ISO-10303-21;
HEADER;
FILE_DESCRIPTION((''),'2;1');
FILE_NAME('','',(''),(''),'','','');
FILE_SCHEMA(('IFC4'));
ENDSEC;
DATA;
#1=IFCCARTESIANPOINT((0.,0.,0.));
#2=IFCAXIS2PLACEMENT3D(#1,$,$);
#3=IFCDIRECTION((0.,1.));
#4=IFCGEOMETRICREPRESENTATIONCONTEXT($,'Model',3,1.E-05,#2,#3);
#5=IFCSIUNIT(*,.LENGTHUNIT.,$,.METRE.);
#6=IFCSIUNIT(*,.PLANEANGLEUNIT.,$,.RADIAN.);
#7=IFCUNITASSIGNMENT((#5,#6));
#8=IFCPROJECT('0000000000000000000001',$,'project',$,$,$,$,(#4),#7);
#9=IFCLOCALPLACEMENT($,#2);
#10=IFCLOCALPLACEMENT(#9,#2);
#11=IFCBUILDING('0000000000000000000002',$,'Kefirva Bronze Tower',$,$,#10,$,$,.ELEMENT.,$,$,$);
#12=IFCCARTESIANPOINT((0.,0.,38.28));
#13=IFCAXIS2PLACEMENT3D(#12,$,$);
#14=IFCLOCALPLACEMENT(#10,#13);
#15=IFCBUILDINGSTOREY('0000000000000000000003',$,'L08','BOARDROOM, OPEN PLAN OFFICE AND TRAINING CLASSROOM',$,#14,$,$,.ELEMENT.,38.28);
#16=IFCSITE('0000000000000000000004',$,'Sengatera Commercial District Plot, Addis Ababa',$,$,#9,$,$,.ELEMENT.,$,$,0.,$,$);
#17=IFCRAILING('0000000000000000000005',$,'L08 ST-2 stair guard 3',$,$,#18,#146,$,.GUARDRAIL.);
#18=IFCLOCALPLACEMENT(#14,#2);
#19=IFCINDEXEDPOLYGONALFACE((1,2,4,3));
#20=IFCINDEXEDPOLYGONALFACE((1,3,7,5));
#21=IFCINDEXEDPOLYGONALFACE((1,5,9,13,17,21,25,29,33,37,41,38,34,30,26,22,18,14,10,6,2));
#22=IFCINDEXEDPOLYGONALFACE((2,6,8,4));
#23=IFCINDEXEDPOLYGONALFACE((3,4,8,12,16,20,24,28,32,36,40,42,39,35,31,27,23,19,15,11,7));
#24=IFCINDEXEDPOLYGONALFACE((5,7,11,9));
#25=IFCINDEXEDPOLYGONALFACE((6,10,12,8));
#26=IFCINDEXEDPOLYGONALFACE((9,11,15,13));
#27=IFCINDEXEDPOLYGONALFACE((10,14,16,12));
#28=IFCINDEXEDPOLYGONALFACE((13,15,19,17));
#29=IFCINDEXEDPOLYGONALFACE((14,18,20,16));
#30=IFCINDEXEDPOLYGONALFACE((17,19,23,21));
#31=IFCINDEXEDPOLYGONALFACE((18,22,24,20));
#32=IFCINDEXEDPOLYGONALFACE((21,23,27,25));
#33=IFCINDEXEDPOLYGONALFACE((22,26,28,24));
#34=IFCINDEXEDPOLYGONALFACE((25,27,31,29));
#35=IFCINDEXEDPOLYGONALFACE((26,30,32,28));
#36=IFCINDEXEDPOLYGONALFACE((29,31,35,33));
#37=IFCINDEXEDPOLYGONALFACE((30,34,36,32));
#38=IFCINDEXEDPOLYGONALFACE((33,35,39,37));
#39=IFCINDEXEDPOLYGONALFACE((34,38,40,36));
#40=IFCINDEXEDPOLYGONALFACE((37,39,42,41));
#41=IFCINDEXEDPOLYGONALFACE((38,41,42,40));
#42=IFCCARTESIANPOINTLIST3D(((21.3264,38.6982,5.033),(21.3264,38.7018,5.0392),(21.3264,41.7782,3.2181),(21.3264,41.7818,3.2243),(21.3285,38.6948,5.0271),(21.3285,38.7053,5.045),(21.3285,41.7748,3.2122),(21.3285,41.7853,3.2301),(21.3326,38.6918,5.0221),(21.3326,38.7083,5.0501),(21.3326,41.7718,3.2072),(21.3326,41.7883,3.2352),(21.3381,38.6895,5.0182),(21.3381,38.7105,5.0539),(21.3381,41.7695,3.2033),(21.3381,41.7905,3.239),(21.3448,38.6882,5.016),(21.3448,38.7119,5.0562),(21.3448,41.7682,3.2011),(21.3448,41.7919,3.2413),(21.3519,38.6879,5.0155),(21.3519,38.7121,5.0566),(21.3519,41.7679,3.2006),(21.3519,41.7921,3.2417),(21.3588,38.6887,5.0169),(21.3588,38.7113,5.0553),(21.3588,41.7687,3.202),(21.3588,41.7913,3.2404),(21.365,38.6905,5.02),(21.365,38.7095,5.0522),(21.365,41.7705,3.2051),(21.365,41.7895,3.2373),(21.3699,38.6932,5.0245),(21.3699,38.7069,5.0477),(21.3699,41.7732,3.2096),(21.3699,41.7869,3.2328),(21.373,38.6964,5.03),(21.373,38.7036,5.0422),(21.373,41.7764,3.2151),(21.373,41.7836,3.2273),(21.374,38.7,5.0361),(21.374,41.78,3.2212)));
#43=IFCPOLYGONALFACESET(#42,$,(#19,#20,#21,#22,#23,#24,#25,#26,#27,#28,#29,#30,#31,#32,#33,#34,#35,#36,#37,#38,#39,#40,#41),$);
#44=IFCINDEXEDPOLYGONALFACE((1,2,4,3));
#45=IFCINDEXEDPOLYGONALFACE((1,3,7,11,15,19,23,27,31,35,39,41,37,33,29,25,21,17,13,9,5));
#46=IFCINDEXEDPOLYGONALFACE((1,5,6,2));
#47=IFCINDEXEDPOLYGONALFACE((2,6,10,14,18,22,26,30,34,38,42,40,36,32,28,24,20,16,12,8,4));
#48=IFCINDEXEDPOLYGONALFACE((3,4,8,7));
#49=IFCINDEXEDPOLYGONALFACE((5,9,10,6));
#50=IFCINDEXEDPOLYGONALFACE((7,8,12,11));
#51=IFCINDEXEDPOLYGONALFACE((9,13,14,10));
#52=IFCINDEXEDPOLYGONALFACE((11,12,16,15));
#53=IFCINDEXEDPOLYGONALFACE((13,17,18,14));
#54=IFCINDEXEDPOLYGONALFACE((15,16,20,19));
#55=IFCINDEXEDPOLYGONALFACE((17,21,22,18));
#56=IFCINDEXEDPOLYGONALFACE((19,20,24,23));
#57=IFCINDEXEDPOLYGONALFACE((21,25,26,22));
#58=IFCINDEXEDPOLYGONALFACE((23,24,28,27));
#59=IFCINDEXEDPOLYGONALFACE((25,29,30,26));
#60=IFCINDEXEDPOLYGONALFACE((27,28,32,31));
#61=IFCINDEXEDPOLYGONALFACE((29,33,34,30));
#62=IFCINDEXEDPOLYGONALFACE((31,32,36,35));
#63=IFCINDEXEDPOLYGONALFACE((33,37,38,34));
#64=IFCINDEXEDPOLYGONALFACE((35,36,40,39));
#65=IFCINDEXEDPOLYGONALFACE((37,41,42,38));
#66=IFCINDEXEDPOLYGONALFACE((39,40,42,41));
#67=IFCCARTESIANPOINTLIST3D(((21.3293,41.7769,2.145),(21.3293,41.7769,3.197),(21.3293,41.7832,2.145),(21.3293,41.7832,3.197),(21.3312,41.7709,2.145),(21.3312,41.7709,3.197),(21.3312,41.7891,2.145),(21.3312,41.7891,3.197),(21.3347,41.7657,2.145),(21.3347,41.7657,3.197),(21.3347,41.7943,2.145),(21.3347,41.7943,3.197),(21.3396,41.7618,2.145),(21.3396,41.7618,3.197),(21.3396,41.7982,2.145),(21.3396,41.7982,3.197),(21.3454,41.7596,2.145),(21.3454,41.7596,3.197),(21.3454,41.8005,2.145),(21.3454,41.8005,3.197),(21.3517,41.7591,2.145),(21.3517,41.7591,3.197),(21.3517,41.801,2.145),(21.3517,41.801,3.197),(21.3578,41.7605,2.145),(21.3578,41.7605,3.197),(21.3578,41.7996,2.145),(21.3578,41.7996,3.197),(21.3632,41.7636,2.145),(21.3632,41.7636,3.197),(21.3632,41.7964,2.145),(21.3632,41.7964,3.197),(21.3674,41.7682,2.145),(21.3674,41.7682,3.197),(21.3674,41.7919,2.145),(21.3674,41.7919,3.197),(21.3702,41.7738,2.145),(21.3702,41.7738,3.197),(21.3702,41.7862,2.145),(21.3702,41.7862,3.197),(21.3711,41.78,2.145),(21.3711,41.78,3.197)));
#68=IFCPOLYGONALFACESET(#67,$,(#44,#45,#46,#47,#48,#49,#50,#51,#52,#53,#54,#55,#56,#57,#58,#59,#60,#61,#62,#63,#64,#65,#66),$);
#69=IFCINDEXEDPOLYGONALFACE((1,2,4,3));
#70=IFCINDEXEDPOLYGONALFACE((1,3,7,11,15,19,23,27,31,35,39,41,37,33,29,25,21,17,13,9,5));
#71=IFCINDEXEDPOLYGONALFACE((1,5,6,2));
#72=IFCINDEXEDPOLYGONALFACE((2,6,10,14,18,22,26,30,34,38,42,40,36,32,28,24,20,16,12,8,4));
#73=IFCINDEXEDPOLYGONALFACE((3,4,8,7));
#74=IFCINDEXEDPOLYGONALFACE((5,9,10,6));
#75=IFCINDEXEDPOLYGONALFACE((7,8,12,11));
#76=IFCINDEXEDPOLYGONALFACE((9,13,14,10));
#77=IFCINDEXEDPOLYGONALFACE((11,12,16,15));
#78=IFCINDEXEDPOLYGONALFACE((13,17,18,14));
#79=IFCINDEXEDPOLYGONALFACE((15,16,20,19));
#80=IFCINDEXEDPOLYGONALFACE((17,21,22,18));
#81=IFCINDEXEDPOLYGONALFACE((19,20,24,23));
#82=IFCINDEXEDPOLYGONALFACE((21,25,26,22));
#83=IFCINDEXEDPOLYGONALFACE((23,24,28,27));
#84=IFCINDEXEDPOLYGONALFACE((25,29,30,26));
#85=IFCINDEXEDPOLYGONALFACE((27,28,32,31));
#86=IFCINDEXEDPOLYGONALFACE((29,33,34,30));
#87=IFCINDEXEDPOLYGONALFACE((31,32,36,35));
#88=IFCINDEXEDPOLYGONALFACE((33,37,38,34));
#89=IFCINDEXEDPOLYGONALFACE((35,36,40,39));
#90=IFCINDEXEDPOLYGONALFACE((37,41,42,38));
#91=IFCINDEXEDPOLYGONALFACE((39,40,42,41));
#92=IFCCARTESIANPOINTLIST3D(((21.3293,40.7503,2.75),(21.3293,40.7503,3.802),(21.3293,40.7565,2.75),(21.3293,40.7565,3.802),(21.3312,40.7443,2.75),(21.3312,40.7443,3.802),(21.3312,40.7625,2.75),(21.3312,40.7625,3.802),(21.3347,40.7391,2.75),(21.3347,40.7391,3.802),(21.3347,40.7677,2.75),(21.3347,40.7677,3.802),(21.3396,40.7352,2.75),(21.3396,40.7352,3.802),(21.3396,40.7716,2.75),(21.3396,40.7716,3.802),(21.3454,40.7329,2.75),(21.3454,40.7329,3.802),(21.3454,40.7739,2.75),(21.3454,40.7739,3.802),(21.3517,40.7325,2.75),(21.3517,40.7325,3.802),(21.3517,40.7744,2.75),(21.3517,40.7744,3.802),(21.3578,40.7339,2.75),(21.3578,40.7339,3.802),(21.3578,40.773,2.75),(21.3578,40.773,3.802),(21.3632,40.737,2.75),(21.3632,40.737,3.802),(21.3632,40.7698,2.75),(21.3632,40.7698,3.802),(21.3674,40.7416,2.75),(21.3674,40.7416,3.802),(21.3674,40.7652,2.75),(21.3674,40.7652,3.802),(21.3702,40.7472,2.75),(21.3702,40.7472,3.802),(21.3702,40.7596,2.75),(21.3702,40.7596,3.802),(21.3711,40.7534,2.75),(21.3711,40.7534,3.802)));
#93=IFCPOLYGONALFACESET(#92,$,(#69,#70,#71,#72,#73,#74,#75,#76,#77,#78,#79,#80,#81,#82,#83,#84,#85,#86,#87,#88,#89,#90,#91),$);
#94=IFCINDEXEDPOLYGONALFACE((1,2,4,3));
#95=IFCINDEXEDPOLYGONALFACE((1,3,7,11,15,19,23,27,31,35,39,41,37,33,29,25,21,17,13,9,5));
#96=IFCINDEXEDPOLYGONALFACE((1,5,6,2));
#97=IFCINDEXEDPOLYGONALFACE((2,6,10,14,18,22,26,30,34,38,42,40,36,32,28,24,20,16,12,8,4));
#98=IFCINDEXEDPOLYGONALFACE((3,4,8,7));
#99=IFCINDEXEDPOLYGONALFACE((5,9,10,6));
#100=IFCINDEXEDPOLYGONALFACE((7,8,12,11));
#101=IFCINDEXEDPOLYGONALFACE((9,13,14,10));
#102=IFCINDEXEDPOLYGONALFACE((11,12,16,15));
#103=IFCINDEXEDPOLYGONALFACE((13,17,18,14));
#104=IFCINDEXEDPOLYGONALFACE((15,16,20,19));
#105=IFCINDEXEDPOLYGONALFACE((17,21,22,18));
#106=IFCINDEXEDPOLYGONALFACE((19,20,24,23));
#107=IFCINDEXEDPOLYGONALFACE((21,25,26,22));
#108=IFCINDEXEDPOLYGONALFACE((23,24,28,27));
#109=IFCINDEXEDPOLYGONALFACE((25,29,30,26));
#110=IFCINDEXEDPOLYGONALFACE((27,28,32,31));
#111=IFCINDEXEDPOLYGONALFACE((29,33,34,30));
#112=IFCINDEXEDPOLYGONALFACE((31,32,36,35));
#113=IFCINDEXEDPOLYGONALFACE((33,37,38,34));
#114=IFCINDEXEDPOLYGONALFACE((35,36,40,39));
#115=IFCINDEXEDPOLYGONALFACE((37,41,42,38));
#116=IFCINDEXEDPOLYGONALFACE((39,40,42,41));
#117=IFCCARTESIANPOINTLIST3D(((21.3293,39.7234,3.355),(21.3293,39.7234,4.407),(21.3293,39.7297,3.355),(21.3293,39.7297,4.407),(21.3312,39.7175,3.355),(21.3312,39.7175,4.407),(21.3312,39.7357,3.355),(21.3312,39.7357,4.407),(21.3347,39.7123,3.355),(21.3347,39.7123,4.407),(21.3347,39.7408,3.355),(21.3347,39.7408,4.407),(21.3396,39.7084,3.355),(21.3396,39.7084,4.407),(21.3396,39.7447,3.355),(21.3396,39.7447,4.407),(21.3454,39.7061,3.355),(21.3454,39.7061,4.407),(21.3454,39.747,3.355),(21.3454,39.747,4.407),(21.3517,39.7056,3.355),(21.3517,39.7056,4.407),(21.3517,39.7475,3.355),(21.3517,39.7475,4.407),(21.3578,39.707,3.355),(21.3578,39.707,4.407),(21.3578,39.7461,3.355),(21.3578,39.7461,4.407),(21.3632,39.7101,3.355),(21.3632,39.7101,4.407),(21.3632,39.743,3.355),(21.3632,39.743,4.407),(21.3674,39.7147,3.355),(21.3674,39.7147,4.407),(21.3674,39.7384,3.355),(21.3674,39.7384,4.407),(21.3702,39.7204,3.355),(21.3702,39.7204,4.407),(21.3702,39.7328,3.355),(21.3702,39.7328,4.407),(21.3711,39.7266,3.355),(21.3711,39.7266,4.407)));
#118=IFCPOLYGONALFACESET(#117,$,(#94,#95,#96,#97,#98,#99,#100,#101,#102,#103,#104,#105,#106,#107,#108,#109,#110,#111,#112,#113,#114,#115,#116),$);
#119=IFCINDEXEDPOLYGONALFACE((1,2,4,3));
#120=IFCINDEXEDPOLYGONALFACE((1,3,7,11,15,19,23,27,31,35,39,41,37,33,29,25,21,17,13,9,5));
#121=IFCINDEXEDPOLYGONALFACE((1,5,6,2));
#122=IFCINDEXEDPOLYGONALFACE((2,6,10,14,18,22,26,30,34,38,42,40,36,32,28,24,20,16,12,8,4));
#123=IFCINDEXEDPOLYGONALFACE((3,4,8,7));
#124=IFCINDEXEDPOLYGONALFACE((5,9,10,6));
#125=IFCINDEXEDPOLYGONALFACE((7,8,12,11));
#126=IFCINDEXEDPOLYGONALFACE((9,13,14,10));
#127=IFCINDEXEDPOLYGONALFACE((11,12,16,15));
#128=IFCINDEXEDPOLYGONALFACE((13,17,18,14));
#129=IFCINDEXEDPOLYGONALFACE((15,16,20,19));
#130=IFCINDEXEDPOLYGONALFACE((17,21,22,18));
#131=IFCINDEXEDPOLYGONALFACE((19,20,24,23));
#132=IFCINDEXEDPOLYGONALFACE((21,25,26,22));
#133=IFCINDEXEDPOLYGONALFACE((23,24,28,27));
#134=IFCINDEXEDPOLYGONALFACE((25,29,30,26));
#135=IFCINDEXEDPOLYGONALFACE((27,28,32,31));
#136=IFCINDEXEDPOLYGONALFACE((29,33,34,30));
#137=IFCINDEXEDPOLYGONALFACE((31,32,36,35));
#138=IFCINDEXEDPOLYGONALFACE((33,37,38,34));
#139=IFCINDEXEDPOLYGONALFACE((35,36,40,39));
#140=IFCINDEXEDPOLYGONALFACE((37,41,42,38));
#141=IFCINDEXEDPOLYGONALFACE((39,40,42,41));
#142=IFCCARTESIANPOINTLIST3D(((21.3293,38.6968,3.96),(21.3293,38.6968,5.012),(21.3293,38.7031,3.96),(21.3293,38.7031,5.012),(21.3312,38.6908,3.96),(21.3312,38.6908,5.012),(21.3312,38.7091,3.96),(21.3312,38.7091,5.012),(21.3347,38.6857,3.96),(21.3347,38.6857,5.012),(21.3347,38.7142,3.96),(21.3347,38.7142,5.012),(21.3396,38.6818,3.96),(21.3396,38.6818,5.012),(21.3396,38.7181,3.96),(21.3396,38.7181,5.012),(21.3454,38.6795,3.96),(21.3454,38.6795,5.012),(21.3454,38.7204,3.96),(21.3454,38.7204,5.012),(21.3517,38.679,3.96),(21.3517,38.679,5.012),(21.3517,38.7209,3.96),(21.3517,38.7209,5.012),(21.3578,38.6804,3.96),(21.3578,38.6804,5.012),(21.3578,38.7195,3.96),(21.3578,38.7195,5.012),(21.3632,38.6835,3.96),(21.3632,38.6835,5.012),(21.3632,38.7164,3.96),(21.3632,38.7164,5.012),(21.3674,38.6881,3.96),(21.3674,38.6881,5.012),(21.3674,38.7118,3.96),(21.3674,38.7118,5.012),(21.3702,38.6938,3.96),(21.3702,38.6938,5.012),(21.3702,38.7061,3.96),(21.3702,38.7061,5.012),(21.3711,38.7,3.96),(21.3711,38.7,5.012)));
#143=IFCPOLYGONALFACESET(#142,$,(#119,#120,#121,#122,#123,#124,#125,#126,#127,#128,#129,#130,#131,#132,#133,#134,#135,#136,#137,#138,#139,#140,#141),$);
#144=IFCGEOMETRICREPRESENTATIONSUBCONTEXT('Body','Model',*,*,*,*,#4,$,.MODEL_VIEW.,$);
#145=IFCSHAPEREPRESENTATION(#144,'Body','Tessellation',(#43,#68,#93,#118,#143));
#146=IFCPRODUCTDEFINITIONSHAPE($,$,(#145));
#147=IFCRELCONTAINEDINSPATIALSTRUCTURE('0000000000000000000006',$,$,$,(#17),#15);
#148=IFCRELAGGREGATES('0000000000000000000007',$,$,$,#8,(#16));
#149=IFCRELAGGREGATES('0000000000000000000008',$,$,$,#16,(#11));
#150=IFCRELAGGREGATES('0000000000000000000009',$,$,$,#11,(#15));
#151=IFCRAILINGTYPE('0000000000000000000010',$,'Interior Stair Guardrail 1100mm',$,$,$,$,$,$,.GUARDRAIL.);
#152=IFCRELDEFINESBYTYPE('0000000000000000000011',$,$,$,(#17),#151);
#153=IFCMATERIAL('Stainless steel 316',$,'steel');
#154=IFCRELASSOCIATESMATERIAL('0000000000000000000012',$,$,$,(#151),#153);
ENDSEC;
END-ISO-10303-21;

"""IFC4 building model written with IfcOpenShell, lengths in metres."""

from ifc_helpers import new_model, si_unit, direction, frame, origin, origin_2d, place, context, subcontext, project, spatial, circle, extrude, material, type_object, element, save


model = new_model("IFC4")

# Units and contexts
model_context = context("Model", 3, precision=1e-05, world=origin(), true_north=direction((0.0, 1.0)))
body_context = subcontext(model_context, "Body", "Model", "MODEL_VIEW")
ifc_project = project(units=[si_unit("LENGTHUNIT", "METRE"), si_unit("PLANEANGLEUNIT", "RADIAN")], contexts=[model_context])

# Site, building, storey
site_placement = place(None, origin())
site = spatial("IfcSite", under=ifc_project, at=site_placement, Name="Sengatera Commercial District Plot, Addis Ababa", CompositionType="ELEMENT", RefElevation=0.0)
building_placement = place(site_placement, origin())
building = spatial("IfcBuilding", under=site, at=building_placement, Name="Kefirva Bronze Tower", CompositionType="ELEMENT")
storey_placement = place(building_placement, frame((0.0, 0.0, 38.28)))
storey = spatial("IfcBuildingStorey", under=building, at=storey_placement, Name="L08", Description="BOARDROOM, OPEN PLAN OFFICE AND TRAINING CLASSROOM", CompositionType="ELEMENT", Elevation=38.28)

# Railing
ifc_material_1 = material(Name="Stainless steel 316", Category="steel")
railing_type_1 = type_object("IfcRailingType", Name="Interior Stair Guardrail 1100mm", PredefinedType="GUARDRAIL", material=ifc_material_1)
railing_1_placement = place(storey_placement, frame((21.3501, 41.78, 2.145)))
element("IfcRailing", 1, at=railing_1_placement, inside=storey, type_object=railing_type_1, Name="L08 ST-2 stair guard 3", PredefinedType="GUARDRAIL", context=body_context, shape_type="SweptSolid", body=[
    extrude(circle(Radius=0.0239, at=origin_2d()), frame((0.0, 0.0, 1.0762), z_axis=(0.0, -0.861551, 0.507671), x_axis=(1.0, 0.0, 0.0)), (0.0, 0.0, 1.0), 3.575),
    extrude(circle(Radius=0.021, at=origin_2d()), origin(), (0.0, 0.0, 1.0), 1.052),
    extrude(circle(Radius=0.021, at=origin_2d()), frame((0.0, -1.0266, 0.605)), (0.0, 0.0, 1.0), 1.052),
    extrude(circle(Radius=0.021, at=origin_2d()), frame((0.0, -2.0535, 1.21)), (0.0, 0.0, 1.0), 1.052),
    extrude(circle(Radius=0.021, at=origin_2d()), frame((0.0, -3.0801, 1.8149)), (0.0, 0.0, 1.0), 1.052),
])

save(model, "model.ifc")
